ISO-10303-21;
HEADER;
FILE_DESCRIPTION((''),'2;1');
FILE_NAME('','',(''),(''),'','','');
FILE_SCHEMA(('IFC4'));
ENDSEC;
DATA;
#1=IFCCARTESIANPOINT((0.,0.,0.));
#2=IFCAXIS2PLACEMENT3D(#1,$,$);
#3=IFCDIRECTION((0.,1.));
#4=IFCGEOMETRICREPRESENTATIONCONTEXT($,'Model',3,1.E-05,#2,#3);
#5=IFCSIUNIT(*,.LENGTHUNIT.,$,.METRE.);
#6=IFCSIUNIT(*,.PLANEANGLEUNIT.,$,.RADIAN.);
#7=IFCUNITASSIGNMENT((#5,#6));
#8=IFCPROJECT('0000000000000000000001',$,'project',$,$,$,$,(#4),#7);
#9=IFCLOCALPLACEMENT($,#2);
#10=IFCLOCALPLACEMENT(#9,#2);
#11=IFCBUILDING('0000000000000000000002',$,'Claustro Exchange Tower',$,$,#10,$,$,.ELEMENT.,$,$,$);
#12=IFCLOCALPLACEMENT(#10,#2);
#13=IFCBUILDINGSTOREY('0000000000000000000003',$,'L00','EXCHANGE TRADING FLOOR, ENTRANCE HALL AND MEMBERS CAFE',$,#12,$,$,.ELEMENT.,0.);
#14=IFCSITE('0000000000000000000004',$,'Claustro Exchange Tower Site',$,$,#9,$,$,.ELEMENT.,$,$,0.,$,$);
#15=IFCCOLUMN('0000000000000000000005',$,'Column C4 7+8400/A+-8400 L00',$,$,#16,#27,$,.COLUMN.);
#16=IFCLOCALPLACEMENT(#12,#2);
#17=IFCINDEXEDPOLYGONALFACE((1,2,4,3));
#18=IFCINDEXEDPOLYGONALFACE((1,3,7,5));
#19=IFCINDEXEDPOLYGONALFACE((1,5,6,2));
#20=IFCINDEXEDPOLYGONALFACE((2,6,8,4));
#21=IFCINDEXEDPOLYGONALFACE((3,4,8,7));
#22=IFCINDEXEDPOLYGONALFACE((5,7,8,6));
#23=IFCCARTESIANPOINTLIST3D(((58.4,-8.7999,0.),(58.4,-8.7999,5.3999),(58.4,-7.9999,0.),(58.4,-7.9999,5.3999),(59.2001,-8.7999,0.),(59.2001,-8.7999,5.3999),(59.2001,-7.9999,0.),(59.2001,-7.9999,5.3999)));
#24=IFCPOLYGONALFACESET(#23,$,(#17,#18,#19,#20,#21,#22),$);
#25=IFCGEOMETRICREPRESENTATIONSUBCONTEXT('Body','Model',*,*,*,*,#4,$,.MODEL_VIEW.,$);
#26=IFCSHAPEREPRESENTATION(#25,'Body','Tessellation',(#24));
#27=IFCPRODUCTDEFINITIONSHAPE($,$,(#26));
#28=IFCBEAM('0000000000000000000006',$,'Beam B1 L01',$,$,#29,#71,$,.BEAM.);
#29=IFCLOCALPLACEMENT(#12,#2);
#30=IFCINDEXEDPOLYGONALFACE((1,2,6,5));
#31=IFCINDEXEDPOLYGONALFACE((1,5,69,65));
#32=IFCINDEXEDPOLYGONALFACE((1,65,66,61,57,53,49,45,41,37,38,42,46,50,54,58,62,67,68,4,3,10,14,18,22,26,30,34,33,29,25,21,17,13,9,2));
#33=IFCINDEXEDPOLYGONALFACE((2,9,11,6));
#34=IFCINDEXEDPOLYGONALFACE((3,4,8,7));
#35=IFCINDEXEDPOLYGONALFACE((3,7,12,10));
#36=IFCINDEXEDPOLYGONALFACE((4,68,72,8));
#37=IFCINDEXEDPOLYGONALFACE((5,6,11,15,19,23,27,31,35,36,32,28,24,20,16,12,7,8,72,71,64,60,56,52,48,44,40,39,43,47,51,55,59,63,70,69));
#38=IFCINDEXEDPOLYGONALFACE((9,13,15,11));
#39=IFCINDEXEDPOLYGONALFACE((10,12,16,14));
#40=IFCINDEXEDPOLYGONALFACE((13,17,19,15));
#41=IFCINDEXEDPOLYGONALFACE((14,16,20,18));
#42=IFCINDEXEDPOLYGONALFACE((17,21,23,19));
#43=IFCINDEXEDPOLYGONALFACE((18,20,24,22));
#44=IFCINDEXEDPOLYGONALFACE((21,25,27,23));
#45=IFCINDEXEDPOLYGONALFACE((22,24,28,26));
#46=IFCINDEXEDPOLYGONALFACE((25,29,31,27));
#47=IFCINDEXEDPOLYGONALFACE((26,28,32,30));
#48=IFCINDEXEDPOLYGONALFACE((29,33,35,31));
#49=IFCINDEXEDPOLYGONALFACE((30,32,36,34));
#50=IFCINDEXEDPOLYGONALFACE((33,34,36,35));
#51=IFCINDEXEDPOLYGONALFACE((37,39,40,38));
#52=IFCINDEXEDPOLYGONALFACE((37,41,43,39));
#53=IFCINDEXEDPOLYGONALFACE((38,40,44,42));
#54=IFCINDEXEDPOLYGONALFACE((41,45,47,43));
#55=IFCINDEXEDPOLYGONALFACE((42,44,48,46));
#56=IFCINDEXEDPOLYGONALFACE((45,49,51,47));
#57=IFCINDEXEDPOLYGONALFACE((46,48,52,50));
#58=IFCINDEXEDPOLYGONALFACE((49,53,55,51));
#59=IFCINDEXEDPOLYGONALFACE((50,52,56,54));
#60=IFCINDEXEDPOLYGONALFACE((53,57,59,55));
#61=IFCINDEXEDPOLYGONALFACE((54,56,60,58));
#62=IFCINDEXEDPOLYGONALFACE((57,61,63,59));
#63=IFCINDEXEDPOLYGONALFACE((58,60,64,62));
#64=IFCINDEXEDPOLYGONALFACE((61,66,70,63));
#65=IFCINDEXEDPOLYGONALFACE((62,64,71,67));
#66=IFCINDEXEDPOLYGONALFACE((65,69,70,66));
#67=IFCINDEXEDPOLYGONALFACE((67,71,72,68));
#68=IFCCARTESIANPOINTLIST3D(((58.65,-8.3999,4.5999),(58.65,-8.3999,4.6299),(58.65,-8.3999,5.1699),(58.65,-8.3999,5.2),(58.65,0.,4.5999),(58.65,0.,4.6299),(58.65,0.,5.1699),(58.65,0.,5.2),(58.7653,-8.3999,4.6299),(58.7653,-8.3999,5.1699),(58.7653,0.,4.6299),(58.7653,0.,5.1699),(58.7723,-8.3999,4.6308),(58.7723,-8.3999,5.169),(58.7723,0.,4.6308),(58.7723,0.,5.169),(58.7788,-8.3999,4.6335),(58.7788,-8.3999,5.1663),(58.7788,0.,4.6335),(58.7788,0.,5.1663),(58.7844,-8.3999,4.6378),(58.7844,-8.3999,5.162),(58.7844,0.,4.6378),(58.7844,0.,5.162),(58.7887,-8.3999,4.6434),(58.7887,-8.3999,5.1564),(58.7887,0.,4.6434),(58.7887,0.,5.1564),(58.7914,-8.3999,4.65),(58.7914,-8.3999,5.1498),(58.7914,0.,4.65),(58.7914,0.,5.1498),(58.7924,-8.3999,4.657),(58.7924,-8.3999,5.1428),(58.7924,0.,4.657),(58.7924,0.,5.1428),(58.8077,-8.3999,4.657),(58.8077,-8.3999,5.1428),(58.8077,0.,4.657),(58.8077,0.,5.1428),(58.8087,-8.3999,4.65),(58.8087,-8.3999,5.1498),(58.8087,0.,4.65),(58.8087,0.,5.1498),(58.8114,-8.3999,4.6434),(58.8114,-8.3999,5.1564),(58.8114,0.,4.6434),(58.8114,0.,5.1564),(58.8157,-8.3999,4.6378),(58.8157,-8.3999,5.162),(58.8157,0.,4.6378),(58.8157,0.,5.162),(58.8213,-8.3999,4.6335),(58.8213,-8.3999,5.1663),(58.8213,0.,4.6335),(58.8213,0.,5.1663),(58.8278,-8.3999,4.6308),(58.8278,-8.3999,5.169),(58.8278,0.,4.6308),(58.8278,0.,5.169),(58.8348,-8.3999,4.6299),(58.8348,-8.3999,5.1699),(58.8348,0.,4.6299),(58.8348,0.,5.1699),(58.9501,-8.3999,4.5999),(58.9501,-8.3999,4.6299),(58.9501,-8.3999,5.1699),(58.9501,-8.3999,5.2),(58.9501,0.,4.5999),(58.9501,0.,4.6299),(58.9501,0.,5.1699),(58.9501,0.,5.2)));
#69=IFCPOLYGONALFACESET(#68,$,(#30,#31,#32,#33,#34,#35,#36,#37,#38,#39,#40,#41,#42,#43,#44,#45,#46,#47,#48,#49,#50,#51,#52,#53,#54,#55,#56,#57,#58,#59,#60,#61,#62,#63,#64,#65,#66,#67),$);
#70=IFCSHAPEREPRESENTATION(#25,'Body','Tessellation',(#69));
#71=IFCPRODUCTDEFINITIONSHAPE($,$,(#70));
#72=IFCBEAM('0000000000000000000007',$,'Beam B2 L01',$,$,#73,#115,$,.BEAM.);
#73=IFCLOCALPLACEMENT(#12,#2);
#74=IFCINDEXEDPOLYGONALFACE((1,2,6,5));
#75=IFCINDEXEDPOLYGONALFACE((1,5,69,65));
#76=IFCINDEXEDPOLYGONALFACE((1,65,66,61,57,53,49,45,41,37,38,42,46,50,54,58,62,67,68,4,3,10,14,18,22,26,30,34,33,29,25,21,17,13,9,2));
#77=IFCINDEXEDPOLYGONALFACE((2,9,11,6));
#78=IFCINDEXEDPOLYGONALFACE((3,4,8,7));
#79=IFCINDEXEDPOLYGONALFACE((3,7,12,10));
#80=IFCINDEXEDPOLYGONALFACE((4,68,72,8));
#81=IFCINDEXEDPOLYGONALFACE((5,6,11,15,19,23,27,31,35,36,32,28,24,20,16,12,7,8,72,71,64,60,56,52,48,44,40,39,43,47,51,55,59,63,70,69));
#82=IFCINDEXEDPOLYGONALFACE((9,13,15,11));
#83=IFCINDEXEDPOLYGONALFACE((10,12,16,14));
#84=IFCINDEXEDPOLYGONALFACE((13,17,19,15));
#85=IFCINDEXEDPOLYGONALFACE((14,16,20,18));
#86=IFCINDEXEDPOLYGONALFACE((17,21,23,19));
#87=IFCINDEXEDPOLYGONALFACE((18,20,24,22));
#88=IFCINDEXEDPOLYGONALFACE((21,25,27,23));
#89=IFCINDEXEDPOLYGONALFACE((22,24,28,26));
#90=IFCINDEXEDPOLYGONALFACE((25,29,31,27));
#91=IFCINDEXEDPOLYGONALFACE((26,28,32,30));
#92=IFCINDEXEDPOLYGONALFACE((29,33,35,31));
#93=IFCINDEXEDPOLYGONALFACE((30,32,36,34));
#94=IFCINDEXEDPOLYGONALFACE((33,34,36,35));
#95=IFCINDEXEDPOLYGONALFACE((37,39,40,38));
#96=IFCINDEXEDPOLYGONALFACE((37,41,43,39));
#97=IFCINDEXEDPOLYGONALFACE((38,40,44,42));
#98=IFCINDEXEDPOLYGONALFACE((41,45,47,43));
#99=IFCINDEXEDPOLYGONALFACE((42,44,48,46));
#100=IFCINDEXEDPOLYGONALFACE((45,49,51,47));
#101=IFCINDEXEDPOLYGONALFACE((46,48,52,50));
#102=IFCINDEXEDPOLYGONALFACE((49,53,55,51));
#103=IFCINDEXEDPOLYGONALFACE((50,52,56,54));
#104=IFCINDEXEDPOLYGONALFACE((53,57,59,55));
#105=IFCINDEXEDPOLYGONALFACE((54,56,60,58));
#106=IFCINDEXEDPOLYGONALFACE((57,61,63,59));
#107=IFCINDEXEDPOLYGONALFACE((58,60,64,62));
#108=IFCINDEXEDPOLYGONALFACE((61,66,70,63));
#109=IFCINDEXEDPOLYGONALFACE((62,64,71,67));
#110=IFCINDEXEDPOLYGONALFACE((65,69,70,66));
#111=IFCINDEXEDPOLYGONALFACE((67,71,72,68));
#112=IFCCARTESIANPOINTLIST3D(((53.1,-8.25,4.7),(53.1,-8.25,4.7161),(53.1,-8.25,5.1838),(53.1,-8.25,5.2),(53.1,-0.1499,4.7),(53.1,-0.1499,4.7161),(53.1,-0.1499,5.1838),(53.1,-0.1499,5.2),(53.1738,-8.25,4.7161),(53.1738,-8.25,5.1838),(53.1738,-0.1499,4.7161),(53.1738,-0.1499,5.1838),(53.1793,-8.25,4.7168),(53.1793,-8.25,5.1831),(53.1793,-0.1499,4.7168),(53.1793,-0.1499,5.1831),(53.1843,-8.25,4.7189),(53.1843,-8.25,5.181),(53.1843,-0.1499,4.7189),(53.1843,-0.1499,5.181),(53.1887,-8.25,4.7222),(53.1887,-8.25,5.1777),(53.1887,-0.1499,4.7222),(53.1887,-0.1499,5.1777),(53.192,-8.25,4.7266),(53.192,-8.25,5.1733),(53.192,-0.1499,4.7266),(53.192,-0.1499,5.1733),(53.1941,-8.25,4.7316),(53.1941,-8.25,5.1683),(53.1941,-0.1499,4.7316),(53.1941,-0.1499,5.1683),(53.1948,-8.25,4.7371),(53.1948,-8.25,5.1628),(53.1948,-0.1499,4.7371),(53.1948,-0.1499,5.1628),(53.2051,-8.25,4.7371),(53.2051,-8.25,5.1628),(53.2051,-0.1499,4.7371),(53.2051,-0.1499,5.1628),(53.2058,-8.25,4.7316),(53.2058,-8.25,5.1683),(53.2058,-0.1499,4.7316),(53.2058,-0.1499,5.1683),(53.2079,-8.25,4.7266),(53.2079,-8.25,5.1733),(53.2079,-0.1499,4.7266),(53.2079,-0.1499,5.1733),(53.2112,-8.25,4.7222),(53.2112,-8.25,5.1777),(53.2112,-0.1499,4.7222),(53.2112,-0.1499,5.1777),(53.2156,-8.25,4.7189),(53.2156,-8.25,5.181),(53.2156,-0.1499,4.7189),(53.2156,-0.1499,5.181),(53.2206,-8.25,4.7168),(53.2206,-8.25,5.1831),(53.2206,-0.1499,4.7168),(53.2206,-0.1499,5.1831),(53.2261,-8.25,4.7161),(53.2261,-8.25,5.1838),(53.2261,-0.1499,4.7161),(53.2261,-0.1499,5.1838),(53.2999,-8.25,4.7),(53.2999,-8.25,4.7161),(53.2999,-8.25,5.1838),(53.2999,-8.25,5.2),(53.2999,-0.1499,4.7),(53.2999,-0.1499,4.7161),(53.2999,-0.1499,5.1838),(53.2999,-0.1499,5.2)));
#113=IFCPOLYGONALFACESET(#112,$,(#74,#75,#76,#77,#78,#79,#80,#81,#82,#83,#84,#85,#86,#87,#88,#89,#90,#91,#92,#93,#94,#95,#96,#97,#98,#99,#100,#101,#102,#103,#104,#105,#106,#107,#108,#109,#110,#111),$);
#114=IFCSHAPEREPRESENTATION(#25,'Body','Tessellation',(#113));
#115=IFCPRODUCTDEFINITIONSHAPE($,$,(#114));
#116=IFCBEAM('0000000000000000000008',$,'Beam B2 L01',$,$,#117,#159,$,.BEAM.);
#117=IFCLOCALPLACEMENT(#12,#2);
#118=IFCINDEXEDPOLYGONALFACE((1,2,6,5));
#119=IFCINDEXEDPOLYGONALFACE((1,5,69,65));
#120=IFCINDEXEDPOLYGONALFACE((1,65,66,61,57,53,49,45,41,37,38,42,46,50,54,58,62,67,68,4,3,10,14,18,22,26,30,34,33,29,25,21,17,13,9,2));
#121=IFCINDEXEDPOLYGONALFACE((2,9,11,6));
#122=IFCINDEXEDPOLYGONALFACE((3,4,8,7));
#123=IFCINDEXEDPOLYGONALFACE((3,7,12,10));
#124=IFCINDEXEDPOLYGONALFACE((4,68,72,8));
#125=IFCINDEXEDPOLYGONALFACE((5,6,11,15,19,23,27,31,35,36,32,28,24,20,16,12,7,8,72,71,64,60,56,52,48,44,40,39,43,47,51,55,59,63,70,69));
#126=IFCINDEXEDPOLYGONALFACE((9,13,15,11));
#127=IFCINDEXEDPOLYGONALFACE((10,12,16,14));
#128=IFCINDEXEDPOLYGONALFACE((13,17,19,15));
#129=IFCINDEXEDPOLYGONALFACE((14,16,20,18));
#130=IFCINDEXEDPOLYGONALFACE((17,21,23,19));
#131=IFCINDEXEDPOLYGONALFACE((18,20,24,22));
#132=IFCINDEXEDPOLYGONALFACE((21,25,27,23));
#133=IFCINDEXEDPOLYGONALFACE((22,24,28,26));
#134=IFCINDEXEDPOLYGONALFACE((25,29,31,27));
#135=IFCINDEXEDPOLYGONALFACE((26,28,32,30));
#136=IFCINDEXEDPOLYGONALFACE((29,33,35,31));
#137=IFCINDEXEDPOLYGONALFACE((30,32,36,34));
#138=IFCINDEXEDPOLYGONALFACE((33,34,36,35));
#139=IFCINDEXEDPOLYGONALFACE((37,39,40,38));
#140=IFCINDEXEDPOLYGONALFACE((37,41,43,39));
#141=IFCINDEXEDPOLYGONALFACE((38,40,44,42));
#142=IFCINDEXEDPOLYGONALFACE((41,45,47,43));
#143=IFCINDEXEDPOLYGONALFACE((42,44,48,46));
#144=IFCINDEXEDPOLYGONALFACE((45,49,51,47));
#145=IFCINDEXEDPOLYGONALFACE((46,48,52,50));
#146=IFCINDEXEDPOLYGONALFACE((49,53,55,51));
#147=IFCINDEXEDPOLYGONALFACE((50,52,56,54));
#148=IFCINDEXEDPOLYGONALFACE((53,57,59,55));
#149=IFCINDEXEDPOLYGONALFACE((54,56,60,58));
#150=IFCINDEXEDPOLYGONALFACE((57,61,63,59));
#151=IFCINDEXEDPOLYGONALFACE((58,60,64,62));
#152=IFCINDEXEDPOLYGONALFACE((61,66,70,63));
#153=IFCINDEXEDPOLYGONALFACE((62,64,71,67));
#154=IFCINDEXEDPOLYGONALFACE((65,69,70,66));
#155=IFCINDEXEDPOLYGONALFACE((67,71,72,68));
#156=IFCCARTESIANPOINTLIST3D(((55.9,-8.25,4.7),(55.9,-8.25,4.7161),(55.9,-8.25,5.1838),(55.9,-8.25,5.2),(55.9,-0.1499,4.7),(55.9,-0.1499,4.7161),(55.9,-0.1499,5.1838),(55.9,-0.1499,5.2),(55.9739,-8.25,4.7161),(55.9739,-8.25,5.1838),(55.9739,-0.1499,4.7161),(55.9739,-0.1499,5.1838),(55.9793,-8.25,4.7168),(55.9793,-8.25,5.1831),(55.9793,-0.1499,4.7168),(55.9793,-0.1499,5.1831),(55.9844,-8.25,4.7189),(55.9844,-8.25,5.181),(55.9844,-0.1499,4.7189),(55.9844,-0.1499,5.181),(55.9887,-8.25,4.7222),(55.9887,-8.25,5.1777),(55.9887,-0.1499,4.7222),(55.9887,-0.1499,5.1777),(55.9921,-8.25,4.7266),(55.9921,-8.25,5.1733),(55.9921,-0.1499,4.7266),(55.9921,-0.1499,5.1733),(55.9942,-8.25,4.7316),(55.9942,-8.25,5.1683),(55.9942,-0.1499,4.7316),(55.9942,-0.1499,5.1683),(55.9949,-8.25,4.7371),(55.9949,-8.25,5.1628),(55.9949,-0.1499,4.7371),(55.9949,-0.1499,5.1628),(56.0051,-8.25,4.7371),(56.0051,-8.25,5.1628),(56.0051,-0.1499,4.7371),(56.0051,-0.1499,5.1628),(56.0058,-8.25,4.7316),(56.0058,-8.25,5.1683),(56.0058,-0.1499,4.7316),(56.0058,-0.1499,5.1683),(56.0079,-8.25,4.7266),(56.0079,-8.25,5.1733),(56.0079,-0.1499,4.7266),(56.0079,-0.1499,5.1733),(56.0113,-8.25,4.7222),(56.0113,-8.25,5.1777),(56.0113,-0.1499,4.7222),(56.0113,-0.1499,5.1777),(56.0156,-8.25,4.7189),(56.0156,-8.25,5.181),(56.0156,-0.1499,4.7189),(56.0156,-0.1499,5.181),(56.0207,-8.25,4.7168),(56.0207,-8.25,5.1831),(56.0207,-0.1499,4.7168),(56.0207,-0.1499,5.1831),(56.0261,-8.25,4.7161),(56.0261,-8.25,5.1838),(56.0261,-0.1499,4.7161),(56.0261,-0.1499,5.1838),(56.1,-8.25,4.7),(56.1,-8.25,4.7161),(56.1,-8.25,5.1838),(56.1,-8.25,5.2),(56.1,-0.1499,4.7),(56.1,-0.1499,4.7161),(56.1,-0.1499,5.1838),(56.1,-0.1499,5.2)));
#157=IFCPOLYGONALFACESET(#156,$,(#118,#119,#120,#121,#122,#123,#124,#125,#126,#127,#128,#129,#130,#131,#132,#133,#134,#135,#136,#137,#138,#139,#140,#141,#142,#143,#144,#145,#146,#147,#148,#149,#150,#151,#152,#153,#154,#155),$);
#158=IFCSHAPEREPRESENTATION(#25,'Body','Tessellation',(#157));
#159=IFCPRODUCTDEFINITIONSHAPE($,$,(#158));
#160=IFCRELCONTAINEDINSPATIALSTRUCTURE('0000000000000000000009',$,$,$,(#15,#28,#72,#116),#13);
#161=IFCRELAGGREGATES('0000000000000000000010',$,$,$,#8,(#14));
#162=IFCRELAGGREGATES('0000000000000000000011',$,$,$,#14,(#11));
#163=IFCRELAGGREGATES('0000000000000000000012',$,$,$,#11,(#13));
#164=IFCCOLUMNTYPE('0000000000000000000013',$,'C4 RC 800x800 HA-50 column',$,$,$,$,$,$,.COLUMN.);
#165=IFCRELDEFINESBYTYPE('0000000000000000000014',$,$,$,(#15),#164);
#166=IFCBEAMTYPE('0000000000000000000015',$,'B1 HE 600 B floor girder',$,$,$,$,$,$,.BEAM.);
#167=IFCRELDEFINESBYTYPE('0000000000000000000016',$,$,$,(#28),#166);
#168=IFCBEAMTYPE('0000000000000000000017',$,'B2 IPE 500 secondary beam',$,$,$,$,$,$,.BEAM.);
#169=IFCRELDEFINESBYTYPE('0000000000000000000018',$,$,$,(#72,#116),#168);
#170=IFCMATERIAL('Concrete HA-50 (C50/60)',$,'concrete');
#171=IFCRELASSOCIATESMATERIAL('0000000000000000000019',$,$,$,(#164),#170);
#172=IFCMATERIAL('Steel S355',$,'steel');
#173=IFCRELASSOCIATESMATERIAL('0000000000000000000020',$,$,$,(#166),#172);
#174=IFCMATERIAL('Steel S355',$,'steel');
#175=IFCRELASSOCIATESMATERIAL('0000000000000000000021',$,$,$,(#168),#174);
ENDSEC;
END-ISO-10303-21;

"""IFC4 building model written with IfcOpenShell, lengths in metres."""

from ifc_helpers import new_model, si_unit, direction, frame, origin, origin_2d, place, context, subcontext, project, spatial, rectangle, i_section, extrude, material, material_profile, profile_set, type_object, element, save


model = new_model("IFC4")

# Units and contexts
model_context = context("Model", 3, precision=1e-05, world=origin(), true_north=direction((0.0, 1.0)))
body_context = subcontext(model_context, "Body", "Model", "MODEL_VIEW")
ifc_project = project(units=[si_unit("LENGTHUNIT", "METRE"), si_unit("PLANEANGLEUNIT", "RADIAN")], contexts=[model_context])

# Site, building, storey
site_placement = place(None, origin())
site = spatial("IfcSite", under=ifc_project, at=site_placement, Name="Claustro Exchange Tower Site", CompositionType="ELEMENT", RefElevation=0.0)
building_placement = place(site_placement, origin())
building = spatial("IfcBuilding", under=site, at=building_placement, Name="Claustro Exchange Tower", CompositionType="ELEMENT")
storey_placement = place(building_placement, origin())
storey = spatial("IfcBuildingStorey", under=building, at=storey_placement, Name="L00", Description="EXCHANGE TRADING FLOOR, ENTRANCE HALL AND MEMBERS CAFE", CompositionType="ELEMENT", Elevation=0.0)

# Column
ifc_material_1 = material(Name="Concrete HA-50 (C50/60)", Category="concrete")
ifc_material_profile_1 = material_profile(ifc_material_1, rectangle(XDim=0.8, YDim=0.8, at=origin_2d()), Name="RC 800x800")
ifc_profile_set_1 = profile_set([ifc_material_profile_1], Name="Concrete HA-50 (C50/60)")
column_type = type_object("IfcColumnType", Name="C4 RC 800x800 HA-50 column", PredefinedType="COLUMN", material=ifc_profile_set_1)
column_placement = place(storey_placement, frame((58.8, -8.3999, 0.0), z_axis=(0.0, 0.0, 1.0), x_axis=(1.0, 0.0, 0.0)))
element("IfcColumn", 1, at=column_placement, inside=storey, type_object=column_type, Name="Column C4 7+8400/A+-8400 L00", PredefinedType="COLUMN", context=body_context, shape_type="SweptSolid", body=[
    extrude(rectangle(XDim=0.8, YDim=0.8, at=origin_2d()), origin(), (0.0, 0.0, 1.0), 5.3999),
])

# Beams
ifc_material_2 = material(Name="Steel S355", Category="steel")
ifc_material_profile_2 = material_profile(ifc_material_2, i_section(OverallWidth=0.3, OverallDepth=0.6001, WebThickness=0.0154, FlangeThickness=0.03, FilletRadius=0.0271, at=origin_2d()), Name="HE 600 B")
ifc_profile_set_2 = profile_set([ifc_material_profile_2], Name="Steel S355")
beam_type_1 = type_object("IfcBeamType", Name="B1 HE 600 B floor girder", PredefinedType="BEAM", material=ifc_profile_set_2)
beam_1_placement = place(storey_placement, frame((58.8, -8.3999, 4.8999), z_axis=(0.0, 1.0, 0.0), x_axis=(-1.0, 0.0, 0.0)))
element("IfcBeam", 2, at=beam_1_placement, inside=storey, type_object=beam_type_1, Name="Beam B1 L01", PredefinedType="BEAM", context=body_context, shape_type="SweptSolid", body=[
    extrude(i_section(OverallWidth=0.3, OverallDepth=0.6001, WebThickness=0.0154, FlangeThickness=0.03, FilletRadius=0.0271, at=origin_2d()), origin(), (0.0, 0.0, 1.0), 8.3999),
])
ifc_material_3 = material(Name="Steel S355", Category="steel")
ifc_material_profile_3 = material_profile(ifc_material_3, i_section(OverallWidth=0.2, OverallDepth=0.5, WebThickness=0.0103, FlangeThickness=0.0161, FilletRadius=0.021, at=origin_2d()), Name="IPE 500")
ifc_profile_set_3 = profile_set([ifc_material_profile_3], Name="Steel S355")
beam_type_2 = type_object("IfcBeamType", Name="B2 IPE 500 secondary beam", PredefinedType="BEAM", material=ifc_profile_set_3)
for number, where, z_axis, x_axis, name in (
    (3, (53.2, -8.25, 4.95), (0.0, 1.0, 0.0), (-1.0, 0.0, 0.0), "Beam B2 L01"),
    (4, (56.0, -8.25, 4.95), (0.0, 1.0, 0.0), (-1.0, 0.0, 0.0), "Beam B2 L01"),
):
    element("IfcBeam", number, at=place(storey_placement, frame(where, z_axis=z_axis, x_axis=x_axis)), inside=storey, type_object=beam_type_2, Name=name, PredefinedType="BEAM", context=body_context, shape_type="SweptSolid", body=[
        extrude(i_section(OverallWidth=0.2, OverallDepth=0.5, WebThickness=0.0103, FlangeThickness=0.0161, FilletRadius=0.021, at=origin_2d()), origin(), (0.0, 0.0, 1.0), 8.1001),
    ])

save(model, "model.ifc")
